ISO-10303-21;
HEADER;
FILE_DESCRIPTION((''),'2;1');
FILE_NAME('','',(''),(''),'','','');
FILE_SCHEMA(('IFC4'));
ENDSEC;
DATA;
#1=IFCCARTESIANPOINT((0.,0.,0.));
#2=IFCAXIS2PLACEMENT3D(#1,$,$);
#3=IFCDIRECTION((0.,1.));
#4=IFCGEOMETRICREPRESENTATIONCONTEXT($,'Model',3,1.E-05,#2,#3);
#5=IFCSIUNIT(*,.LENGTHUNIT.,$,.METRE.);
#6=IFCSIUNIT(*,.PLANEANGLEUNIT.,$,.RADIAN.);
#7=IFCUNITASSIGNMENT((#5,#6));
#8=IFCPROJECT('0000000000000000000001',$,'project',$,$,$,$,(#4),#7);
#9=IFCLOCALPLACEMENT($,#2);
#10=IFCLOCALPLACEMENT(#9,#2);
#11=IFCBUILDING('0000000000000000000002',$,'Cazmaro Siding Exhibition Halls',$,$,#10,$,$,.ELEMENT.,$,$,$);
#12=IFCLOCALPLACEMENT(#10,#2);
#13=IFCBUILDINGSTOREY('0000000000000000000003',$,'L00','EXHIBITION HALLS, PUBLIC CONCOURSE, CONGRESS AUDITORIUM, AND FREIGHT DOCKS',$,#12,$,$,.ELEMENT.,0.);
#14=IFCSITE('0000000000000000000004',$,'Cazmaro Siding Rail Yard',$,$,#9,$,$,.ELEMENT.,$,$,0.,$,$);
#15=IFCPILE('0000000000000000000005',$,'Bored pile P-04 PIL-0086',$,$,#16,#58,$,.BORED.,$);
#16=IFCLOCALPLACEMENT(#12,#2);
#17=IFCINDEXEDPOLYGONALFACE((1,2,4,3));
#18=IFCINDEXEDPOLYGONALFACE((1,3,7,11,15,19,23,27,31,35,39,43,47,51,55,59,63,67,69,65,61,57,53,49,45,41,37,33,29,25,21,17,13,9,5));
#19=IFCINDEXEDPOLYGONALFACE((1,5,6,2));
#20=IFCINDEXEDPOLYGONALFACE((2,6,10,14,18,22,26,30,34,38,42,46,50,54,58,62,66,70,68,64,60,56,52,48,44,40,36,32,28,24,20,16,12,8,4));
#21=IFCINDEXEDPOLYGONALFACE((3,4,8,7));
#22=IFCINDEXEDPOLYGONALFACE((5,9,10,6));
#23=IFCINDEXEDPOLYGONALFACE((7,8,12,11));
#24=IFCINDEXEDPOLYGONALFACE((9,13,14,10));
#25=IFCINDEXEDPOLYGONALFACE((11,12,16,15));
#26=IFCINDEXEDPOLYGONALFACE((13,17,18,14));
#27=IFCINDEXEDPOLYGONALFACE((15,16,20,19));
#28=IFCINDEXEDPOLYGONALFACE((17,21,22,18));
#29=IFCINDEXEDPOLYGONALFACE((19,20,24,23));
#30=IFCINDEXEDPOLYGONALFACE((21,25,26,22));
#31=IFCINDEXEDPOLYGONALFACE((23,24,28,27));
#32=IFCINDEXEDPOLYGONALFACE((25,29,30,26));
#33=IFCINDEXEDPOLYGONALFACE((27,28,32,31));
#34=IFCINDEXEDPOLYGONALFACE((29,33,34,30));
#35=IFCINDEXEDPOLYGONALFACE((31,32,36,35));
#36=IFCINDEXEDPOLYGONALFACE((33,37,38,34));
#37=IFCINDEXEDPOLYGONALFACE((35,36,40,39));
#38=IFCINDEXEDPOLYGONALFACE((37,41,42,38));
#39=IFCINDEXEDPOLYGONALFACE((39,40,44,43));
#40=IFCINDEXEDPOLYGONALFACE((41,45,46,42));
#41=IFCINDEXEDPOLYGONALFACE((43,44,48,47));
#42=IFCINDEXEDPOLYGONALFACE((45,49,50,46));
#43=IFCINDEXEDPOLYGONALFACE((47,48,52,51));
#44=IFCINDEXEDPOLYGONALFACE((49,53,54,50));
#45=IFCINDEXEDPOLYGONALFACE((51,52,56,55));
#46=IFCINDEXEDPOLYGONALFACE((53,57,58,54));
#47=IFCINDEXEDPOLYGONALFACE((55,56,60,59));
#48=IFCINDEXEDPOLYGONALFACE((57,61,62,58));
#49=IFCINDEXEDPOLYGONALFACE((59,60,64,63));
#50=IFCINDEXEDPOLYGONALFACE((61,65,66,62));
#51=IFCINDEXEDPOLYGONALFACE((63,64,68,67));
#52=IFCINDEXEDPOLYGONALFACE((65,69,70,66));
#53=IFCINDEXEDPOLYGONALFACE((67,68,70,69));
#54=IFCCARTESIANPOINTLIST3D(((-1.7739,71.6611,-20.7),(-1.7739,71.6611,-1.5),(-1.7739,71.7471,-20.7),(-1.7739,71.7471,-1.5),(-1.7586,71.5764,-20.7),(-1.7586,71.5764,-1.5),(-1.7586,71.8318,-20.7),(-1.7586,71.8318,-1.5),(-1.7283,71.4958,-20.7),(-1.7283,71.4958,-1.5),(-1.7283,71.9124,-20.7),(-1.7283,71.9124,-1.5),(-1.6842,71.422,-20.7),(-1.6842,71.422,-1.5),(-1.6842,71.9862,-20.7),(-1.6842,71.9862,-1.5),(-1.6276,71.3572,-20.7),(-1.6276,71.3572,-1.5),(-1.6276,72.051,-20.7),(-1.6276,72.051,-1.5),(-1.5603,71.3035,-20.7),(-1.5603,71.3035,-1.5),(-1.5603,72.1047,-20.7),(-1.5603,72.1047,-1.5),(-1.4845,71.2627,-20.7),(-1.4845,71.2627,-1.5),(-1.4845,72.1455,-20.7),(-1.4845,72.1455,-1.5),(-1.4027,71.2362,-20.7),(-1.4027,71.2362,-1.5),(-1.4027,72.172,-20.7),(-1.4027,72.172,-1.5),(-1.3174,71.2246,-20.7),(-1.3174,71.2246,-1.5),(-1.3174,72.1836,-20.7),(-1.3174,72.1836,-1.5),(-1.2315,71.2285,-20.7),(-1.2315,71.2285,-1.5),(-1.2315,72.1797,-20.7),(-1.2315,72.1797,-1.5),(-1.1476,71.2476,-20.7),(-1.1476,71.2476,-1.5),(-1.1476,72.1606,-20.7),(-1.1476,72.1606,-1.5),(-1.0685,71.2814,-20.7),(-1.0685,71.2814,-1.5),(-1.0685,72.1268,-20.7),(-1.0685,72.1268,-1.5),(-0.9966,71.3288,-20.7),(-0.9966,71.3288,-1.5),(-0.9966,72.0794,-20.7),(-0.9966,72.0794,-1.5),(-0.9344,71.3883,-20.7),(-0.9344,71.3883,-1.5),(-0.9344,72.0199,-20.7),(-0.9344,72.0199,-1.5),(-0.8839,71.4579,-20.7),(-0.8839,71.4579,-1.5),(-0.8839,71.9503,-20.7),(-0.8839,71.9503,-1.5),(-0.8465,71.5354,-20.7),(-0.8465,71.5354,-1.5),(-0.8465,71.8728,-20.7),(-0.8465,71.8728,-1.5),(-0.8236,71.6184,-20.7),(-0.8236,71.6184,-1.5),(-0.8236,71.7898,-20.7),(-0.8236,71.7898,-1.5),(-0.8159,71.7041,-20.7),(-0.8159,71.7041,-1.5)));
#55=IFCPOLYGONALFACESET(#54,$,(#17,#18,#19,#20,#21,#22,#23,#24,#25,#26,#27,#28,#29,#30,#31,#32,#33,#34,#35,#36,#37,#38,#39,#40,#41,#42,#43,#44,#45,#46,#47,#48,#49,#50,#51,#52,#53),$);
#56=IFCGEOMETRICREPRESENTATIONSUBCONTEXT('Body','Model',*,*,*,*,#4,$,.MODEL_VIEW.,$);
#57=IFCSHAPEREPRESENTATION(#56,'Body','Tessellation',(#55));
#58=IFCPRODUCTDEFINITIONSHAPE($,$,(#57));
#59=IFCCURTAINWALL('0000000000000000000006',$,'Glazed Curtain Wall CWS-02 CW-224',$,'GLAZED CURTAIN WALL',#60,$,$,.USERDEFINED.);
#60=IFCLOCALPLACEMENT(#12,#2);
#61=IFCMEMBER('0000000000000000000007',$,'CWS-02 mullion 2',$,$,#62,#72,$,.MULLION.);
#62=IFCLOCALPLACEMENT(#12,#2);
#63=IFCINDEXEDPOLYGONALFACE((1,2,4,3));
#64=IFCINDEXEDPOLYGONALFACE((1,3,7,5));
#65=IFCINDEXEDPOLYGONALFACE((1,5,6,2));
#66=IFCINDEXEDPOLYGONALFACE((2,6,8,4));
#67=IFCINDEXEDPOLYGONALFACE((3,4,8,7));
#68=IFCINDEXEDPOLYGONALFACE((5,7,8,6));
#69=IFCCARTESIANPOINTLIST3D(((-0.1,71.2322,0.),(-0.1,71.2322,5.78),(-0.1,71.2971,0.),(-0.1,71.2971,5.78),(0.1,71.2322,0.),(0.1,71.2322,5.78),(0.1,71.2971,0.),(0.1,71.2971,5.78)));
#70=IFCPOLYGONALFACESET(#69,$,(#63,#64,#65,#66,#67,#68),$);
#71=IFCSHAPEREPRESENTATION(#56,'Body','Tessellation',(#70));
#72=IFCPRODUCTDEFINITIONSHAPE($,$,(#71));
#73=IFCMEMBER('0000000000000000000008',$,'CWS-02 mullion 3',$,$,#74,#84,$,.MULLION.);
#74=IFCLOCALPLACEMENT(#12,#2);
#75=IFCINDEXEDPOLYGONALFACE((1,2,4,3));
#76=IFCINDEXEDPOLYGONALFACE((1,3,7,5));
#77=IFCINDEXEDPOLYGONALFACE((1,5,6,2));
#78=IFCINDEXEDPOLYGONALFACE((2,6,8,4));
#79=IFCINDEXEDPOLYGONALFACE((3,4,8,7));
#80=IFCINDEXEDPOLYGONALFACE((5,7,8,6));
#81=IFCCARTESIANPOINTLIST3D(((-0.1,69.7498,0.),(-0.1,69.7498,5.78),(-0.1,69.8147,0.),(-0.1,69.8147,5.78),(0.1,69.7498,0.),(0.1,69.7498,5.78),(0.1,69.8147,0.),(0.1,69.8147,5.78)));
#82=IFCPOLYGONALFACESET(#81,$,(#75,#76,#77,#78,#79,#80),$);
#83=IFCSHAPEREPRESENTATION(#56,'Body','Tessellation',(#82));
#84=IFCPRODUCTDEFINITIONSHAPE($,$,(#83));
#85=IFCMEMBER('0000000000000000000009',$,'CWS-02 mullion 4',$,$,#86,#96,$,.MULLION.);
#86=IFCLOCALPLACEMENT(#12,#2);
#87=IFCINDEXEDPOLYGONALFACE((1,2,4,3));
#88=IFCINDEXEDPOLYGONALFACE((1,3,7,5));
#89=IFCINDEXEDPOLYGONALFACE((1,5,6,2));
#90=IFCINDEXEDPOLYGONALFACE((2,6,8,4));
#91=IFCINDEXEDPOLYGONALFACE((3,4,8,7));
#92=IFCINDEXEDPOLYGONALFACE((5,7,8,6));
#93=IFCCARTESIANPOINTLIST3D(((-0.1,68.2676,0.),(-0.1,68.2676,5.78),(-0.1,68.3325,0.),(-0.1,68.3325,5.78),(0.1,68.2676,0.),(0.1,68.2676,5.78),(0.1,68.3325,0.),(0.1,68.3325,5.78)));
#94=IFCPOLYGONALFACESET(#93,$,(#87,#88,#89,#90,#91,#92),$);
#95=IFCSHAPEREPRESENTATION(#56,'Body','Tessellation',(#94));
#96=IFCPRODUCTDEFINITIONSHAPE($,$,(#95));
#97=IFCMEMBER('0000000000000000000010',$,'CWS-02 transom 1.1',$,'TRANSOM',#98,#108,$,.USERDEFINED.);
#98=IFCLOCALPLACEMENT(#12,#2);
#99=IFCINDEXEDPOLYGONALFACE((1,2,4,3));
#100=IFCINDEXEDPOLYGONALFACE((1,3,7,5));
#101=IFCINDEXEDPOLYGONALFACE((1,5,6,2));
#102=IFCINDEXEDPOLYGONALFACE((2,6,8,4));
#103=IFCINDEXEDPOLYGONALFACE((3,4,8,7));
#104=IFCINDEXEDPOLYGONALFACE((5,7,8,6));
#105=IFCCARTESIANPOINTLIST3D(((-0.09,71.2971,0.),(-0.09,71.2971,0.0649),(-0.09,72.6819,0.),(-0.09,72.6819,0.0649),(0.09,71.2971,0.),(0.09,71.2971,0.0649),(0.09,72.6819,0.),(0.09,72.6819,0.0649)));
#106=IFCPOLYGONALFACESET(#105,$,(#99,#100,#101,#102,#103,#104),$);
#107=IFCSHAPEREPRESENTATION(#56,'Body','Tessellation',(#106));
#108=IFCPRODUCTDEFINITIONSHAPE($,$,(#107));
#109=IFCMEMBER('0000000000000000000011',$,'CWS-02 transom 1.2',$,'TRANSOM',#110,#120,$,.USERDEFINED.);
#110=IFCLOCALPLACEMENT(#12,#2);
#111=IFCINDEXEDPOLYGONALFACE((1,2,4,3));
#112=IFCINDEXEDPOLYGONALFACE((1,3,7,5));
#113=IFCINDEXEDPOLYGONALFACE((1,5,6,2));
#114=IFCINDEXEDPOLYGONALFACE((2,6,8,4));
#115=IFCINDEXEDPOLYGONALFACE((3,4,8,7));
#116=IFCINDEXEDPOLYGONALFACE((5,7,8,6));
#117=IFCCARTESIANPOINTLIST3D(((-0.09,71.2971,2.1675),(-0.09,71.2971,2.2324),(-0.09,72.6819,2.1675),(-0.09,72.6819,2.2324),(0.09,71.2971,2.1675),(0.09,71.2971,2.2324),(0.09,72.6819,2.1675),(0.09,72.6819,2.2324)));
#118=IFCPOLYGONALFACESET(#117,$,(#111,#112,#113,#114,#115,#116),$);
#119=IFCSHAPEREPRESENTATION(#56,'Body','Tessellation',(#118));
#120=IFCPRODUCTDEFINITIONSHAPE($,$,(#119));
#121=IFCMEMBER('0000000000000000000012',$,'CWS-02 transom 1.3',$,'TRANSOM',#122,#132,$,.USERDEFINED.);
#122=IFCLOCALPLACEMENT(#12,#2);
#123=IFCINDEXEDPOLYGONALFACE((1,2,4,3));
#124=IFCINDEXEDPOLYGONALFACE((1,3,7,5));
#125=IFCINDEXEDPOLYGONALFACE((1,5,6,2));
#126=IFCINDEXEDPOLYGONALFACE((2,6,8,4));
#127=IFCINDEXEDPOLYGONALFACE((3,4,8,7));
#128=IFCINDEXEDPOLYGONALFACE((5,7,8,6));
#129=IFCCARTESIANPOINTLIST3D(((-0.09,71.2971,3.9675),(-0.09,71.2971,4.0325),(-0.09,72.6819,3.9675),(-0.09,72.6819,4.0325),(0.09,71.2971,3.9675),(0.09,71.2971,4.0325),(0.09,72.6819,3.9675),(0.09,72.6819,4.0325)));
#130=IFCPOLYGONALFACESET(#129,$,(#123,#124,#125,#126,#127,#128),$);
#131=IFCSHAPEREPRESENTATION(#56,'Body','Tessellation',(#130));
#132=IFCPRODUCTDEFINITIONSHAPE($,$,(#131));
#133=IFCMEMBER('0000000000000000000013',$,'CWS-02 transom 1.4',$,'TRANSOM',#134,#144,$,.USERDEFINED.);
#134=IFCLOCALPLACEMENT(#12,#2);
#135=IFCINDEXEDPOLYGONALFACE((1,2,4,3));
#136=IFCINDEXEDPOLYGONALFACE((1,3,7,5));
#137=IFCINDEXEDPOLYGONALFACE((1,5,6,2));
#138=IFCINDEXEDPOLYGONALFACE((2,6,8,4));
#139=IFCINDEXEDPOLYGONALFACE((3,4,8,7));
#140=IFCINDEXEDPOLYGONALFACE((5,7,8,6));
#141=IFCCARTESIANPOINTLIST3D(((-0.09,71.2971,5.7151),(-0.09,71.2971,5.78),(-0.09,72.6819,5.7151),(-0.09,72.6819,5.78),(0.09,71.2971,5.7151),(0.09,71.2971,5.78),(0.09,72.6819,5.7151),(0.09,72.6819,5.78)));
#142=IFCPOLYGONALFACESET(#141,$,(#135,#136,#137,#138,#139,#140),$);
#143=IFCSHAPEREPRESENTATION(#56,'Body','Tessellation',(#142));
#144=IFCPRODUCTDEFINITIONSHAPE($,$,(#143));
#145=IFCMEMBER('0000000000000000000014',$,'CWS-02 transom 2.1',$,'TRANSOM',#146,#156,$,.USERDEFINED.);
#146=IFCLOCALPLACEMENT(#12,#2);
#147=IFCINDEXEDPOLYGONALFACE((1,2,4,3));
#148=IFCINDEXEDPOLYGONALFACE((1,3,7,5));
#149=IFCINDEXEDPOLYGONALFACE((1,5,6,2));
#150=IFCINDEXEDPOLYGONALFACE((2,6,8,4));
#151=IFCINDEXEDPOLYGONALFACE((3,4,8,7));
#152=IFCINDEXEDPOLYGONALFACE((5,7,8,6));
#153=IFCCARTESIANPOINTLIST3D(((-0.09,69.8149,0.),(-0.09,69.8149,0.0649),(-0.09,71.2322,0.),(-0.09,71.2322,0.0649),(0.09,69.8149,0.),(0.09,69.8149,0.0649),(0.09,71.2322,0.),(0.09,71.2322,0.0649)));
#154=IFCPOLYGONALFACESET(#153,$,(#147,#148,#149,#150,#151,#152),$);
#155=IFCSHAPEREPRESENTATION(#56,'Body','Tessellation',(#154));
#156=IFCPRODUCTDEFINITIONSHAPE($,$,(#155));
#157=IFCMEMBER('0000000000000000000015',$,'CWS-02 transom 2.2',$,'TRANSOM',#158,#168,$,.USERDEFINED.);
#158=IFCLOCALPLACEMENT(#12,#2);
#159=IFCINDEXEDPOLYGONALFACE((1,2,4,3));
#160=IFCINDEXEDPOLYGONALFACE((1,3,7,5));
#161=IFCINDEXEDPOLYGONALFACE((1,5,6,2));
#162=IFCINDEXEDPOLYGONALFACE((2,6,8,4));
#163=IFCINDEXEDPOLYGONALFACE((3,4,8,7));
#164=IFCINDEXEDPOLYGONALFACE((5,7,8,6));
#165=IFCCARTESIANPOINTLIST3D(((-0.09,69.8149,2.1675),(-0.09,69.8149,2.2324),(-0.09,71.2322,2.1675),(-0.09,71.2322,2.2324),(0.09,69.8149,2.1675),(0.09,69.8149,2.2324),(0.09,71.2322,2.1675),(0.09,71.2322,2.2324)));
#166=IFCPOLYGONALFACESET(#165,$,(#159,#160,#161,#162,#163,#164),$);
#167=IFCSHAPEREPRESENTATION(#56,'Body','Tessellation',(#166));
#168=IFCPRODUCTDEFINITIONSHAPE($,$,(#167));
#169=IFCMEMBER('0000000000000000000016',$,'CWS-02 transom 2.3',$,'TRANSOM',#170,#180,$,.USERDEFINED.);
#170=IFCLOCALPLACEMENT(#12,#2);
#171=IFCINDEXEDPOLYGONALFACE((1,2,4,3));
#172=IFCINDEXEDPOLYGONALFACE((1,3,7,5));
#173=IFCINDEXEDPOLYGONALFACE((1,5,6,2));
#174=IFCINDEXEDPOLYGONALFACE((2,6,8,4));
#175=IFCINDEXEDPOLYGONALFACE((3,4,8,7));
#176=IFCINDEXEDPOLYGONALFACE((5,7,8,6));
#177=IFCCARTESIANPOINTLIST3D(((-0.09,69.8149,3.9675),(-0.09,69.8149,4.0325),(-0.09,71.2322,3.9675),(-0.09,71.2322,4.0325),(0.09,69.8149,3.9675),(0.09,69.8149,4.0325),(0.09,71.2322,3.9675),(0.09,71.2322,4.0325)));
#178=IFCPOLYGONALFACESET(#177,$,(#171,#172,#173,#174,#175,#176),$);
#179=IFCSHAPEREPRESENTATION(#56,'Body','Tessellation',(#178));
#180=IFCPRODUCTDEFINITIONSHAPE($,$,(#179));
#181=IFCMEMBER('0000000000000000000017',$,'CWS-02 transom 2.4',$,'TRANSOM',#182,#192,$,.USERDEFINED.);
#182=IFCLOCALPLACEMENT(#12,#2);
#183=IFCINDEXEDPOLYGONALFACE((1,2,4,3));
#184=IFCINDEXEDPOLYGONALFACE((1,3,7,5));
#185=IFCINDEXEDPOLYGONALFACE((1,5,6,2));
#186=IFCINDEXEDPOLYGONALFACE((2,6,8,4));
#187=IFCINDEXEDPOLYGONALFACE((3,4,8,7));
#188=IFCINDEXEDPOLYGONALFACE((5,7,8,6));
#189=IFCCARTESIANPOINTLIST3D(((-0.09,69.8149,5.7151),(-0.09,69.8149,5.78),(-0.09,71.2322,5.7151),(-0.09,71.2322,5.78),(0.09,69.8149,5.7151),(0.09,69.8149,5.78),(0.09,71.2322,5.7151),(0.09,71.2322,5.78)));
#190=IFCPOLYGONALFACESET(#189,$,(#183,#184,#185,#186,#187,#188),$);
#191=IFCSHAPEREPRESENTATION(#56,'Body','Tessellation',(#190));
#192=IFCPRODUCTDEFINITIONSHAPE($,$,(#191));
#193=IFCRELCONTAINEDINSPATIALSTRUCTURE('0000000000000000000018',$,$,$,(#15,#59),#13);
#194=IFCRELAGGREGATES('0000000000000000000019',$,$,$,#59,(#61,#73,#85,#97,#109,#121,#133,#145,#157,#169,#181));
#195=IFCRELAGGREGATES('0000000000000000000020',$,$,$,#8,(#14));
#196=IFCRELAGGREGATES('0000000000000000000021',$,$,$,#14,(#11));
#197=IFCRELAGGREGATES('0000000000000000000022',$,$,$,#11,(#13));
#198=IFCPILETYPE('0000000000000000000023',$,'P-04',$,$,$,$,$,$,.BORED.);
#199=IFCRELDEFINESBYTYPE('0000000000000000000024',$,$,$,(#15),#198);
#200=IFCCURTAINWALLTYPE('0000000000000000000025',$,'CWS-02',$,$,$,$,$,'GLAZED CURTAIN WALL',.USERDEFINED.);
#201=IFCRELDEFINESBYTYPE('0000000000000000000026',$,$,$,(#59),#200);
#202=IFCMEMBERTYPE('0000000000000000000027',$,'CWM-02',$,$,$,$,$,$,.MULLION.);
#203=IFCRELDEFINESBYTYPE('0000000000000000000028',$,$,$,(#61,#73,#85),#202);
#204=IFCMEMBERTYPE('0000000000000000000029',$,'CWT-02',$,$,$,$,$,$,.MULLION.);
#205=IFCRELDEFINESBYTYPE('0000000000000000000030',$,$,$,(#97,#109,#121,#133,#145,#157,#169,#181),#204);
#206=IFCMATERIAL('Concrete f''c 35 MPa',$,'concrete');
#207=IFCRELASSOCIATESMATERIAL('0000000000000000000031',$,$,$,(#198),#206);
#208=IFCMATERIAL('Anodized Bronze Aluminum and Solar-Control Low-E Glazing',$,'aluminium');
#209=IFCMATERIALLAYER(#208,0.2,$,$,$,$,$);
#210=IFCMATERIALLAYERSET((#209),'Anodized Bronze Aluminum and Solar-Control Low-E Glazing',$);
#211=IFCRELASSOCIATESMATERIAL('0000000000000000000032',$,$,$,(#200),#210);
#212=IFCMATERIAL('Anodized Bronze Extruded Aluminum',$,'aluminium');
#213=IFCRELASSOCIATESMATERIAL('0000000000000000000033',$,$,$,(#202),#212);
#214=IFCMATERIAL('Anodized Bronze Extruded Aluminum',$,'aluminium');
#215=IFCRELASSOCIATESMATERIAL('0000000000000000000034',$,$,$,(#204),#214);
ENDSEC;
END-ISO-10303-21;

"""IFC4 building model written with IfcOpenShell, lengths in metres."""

from ifc_helpers import new_model, si_unit, direction, frame, origin, origin_2d, place, context, subcontext, project, spatial, rectangle, circle, extrude, material, layer, layer_set, material_profile, profile_set, type_object, element, aggregate, save


model = new_model("IFC4")

# Units and contexts
model_context = context("Model", 3, precision=1e-05, world=origin(), true_north=direction((0.0, 1.0)))
body_context = subcontext(model_context, "Body", "Model", "MODEL_VIEW")
ifc_project = project(units=[si_unit("LENGTHUNIT", "METRE"), si_unit("PLANEANGLEUNIT", "RADIAN")], contexts=[model_context])

# Site, building, storey
site_placement = place(None, origin())
site = spatial("IfcSite", under=ifc_project, at=site_placement, Name="Cazmaro Siding Rail Yard", CompositionType="ELEMENT", RefElevation=0.0)
building_placement = place(site_placement, origin())
building = spatial("IfcBuilding", under=site, at=building_placement, Name="Cazmaro Siding Exhibition Halls", CompositionType="ELEMENT")
storey_placement = place(building_placement, origin())
storey = spatial("IfcBuildingStorey", under=building, at=storey_placement, Name="L00", Description="EXHIBITION HALLS, PUBLIC CONCOURSE, CONGRESS AUDITORIUM, AND FREIGHT DOCKS", CompositionType="ELEMENT", Elevation=0.0)

# Pile
ifc_material_1 = material(Name="Concrete f'c 35 MPa", Category="concrete")
ifc_material_profile_1 = material_profile(ifc_material_1, circle(Radius=0.48, at=origin_2d()), Name="CIDH-960")
ifc_profile_set_1 = profile_set([ifc_material_profile_1], Name="Concrete f'c 35 MPa")
pile_type = type_object("IfcPileType", Name="P-04", PredefinedType="BORED", material=ifc_profile_set_1)
pile_placement = place(storey_placement, frame((-1.2959, 71.7041, -1.5), z_axis=(0.0, 0.0, -1.0), x_axis=(1.0, 0.0, 0.0)))
element("IfcPile", 1, at=pile_placement, inside=storey, type_object=pile_type, Name="Bored pile P-04 PIL-0086", PredefinedType="BORED", context=body_context, shape_type="SweptSolid", body=[
    extrude(circle(Radius=0.48, at=origin_2d()), origin(), (0.0, 0.0, 1.0), 19.2),
])

# Curtain wall, members
ifc_material_2 = material(Name="Anodized Bronze Aluminum and Solar-Control Low-E Glazing", Category="aluminium")
ifc_layer_1 = layer(ifc_material_2, 0.2)
ifc_layer_set_1 = layer_set([ifc_layer_1], Name="Anodized Bronze Aluminum and Solar-Control Low-E Glazing")
curtain_wall_type = type_object("IfcCurtainWallType", Name="CWS-02", ElementType="GLAZED CURTAIN WALL", PredefinedType="USERDEFINED", material=ifc_layer_set_1)
curtain_wall_placement = place(storey_placement, origin())
curtain_wall = element("IfcCurtainWall", 2, at=curtain_wall_placement, inside=storey, type_object=curtain_wall_type, Name="Glazed Curtain Wall CWS-02 CW-224", ObjectType="GLAZED CURTAIN WALL", PredefinedType="USERDEFINED")
ifc_material_3 = material(Name="Anodized Bronze Extruded Aluminum", Category="aluminium")
ifc_material_profile_2 = material_profile(ifc_material_3, rectangle(XDim=0.2, YDim=0.0649, at=origin_2d()), Name="CWM-02")
ifc_profile_set_2 = profile_set([ifc_material_profile_2], Name="Anodized Bronze Extruded Aluminum")
member_type_1 = type_object("IfcMemberType", Name="CWM-02", PredefinedType="MULLION", material=ifc_profile_set_2)
member_1_placement = place(storey_placement, frame((0.0, 71.2646, 0.0), z_axis=(0.0, 0.0, 1.0), x_axis=(1.0, 0.0, 0.0)))
member_1 = element("IfcMember", 3, at=member_1_placement, type_object=member_type_1, Name="CWS-02 mullion 2", PredefinedType="MULLION", context=body_context, shape_type="SweptSolid", body=[
    extrude(rectangle(XDim=0.2, YDim=0.0649, at=origin_2d()), origin(), (0.0, 0.0, 1.0), 5.78),
])
member_2_placement = place(storey_placement, frame((0.0, 69.7822, 0.0), z_axis=(0.0, 0.0, 1.0), x_axis=(1.0, 0.0, 0.0)))
member_2 = element("IfcMember", 4, at=member_2_placement, type_object=member_type_1, Name="CWS-02 mullion 3", PredefinedType="MULLION", context=body_context, shape_type="SweptSolid", body=[
    extrude(rectangle(XDim=0.2, YDim=0.0649, at=origin_2d()), origin(), (0.0, 0.0, 1.0), 5.78),
])
member_3_placement = place(storey_placement, frame((0.0, 68.3, 0.0), z_axis=(0.0, 0.0, 1.0), x_axis=(1.0, 0.0, 0.0)))
member_3 = element("IfcMember", 5, at=member_3_placement, type_object=member_type_1, Name="CWS-02 mullion 4", PredefinedType="MULLION", context=body_context, shape_type="SweptSolid", body=[
    extrude(rectangle(XDim=0.2, YDim=0.0649, at=origin_2d()), origin(), (0.0, 0.0, 1.0), 5.78),
])
ifc_material_4 = material(Name="Anodized Bronze Extruded Aluminum", Category="aluminium")
ifc_material_profile_3 = material_profile(ifc_material_4, rectangle(XDim=0.1799, YDim=0.0649, at=origin_2d()), Name="CWT-02")
ifc_profile_set_3 = profile_set([ifc_material_profile_3], Name="Anodized Bronze Extruded Aluminum")
member_type_2 = type_object("IfcMemberType", Name="CWT-02", PredefinedType="MULLION", material=ifc_profile_set_3)
member_4_placement = place(storey_placement, frame((0.0, 72.6819, 0.0325), z_axis=(0.0, -1.0, 0.0), x_axis=(1.0, 0.0, 0.0)))
member_4 = element("IfcMember", 6, at=member_4_placement, type_object=member_type_2, Name="CWS-02 transom 1.1", ObjectType="TRANSOM", PredefinedType="USERDEFINED", context=body_context, shape_type="SweptSolid", body=[
    extrude(rectangle(XDim=0.1799, YDim=0.0649, at=origin_2d()), origin(), (0.0, 0.0, 1.0), 1.3848),
])
member_5_placement = place(storey_placement, frame((0.0, 72.6819, 2.2), z_axis=(0.0, -1.0, 0.0), x_axis=(1.0, 0.0, 0.0)))
member_5 = element("IfcMember", 7, at=member_5_placement, type_object=member_type_2, Name="CWS-02 transom 1.2", ObjectType="TRANSOM", PredefinedType="USERDEFINED", context=body_context, shape_type="SweptSolid", body=[
    extrude(rectangle(XDim=0.1799, YDim=0.0649, at=origin_2d()), origin(), (0.0, 0.0, 1.0), 1.3848),
])
member_6_placement = place(storey_placement, frame((0.0, 72.6819, 4.0), z_axis=(0.0, -1.0, 0.0), x_axis=(1.0, 0.0, 0.0)))
member_6 = element("IfcMember", 8, at=member_6_placement, type_object=member_type_2, Name="CWS-02 transom 1.3", ObjectType="TRANSOM", PredefinedType="USERDEFINED", context=body_context, shape_type="SweptSolid", body=[
    extrude(rectangle(XDim=0.1799, YDim=0.0649, at=origin_2d()), origin(), (0.0, 0.0, 1.0), 1.3848),
])
member_7_placement = place(storey_placement, frame((0.0, 72.6819, 5.7476), z_axis=(0.0, -1.0, 0.0), x_axis=(1.0, 0.0, 0.0)))
member_7 = element("IfcMember", 9, at=member_7_placement, type_object=member_type_2, Name="CWS-02 transom 1.4", ObjectType="TRANSOM", PredefinedType="USERDEFINED", context=body_context, shape_type="SweptSolid", body=[
    extrude(rectangle(XDim=0.1799, YDim=0.0649, at=origin_2d()), origin(), (0.0, 0.0, 1.0), 1.3848),
])
member_8_placement = place(storey_placement, frame((0.0, 71.2322, 0.0325), z_axis=(0.0, -1.0, 0.0), x_axis=(1.0, 0.0, 0.0)))
member_8 = element("IfcMember", 10, at=member_8_placement, type_object=member_type_2, Name="CWS-02 transom 2.1", ObjectType="TRANSOM", PredefinedType="USERDEFINED", context=body_context, shape_type="SweptSolid", body=[
    extrude(rectangle(XDim=0.1799, YDim=0.0649, at=origin_2d()), origin(), (0.0, 0.0, 1.0), 1.4172),
])
member_9_placement = place(storey_placement, frame((0.0, 71.2322, 2.2), z_axis=(0.0, -1.0, 0.0), x_axis=(1.0, 0.0, 0.0)))
member_9 = element("IfcMember", 11, at=member_9_placement, type_object=member_type_2, Name="CWS-02 transom 2.2", ObjectType="TRANSOM", PredefinedType="USERDEFINED", context=body_context, shape_type="SweptSolid", body=[
    extrude(rectangle(XDim=0.1799, YDim=0.0649, at=origin_2d()), origin(), (0.0, 0.0, 1.0), 1.4172),
])
member_10_placement = place(storey_placement, frame((0.0, 71.2322, 4.0), z_axis=(0.0, -1.0, 0.0), x_axis=(1.0, 0.0, 0.0)))
member_10 = element("IfcMember", 12, at=member_10_placement, type_object=member_type_2, Name="CWS-02 transom 2.3", ObjectType="TRANSOM", PredefinedType="USERDEFINED", context=body_context, shape_type="SweptSolid", body=[
    extrude(rectangle(XDim=0.1799, YDim=0.0649, at=origin_2d()), origin(), (0.0, 0.0, 1.0), 1.4172),
])
member_11_placement = place(storey_placement, frame((0.0, 71.2322, 5.7476), z_axis=(0.0, -1.0, 0.0), x_axis=(1.0, 0.0, 0.0)))
member_11 = element("IfcMember", 13, at=member_11_placement, type_object=member_type_2, Name="CWS-02 transom 2.4", ObjectType="TRANSOM", PredefinedType="USERDEFINED", context=body_context, shape_type="SweptSolid", body=[
    extrude(rectangle(XDim=0.1799, YDim=0.0649, at=origin_2d()), origin(), (0.0, 0.0, 1.0), 1.4172),
])
aggregate(curtain_wall, [member_1, member_2, member_3, member_4, member_5, member_6, member_7, member_8, member_9, member_10, member_11])

save(model, "model.ifc")
